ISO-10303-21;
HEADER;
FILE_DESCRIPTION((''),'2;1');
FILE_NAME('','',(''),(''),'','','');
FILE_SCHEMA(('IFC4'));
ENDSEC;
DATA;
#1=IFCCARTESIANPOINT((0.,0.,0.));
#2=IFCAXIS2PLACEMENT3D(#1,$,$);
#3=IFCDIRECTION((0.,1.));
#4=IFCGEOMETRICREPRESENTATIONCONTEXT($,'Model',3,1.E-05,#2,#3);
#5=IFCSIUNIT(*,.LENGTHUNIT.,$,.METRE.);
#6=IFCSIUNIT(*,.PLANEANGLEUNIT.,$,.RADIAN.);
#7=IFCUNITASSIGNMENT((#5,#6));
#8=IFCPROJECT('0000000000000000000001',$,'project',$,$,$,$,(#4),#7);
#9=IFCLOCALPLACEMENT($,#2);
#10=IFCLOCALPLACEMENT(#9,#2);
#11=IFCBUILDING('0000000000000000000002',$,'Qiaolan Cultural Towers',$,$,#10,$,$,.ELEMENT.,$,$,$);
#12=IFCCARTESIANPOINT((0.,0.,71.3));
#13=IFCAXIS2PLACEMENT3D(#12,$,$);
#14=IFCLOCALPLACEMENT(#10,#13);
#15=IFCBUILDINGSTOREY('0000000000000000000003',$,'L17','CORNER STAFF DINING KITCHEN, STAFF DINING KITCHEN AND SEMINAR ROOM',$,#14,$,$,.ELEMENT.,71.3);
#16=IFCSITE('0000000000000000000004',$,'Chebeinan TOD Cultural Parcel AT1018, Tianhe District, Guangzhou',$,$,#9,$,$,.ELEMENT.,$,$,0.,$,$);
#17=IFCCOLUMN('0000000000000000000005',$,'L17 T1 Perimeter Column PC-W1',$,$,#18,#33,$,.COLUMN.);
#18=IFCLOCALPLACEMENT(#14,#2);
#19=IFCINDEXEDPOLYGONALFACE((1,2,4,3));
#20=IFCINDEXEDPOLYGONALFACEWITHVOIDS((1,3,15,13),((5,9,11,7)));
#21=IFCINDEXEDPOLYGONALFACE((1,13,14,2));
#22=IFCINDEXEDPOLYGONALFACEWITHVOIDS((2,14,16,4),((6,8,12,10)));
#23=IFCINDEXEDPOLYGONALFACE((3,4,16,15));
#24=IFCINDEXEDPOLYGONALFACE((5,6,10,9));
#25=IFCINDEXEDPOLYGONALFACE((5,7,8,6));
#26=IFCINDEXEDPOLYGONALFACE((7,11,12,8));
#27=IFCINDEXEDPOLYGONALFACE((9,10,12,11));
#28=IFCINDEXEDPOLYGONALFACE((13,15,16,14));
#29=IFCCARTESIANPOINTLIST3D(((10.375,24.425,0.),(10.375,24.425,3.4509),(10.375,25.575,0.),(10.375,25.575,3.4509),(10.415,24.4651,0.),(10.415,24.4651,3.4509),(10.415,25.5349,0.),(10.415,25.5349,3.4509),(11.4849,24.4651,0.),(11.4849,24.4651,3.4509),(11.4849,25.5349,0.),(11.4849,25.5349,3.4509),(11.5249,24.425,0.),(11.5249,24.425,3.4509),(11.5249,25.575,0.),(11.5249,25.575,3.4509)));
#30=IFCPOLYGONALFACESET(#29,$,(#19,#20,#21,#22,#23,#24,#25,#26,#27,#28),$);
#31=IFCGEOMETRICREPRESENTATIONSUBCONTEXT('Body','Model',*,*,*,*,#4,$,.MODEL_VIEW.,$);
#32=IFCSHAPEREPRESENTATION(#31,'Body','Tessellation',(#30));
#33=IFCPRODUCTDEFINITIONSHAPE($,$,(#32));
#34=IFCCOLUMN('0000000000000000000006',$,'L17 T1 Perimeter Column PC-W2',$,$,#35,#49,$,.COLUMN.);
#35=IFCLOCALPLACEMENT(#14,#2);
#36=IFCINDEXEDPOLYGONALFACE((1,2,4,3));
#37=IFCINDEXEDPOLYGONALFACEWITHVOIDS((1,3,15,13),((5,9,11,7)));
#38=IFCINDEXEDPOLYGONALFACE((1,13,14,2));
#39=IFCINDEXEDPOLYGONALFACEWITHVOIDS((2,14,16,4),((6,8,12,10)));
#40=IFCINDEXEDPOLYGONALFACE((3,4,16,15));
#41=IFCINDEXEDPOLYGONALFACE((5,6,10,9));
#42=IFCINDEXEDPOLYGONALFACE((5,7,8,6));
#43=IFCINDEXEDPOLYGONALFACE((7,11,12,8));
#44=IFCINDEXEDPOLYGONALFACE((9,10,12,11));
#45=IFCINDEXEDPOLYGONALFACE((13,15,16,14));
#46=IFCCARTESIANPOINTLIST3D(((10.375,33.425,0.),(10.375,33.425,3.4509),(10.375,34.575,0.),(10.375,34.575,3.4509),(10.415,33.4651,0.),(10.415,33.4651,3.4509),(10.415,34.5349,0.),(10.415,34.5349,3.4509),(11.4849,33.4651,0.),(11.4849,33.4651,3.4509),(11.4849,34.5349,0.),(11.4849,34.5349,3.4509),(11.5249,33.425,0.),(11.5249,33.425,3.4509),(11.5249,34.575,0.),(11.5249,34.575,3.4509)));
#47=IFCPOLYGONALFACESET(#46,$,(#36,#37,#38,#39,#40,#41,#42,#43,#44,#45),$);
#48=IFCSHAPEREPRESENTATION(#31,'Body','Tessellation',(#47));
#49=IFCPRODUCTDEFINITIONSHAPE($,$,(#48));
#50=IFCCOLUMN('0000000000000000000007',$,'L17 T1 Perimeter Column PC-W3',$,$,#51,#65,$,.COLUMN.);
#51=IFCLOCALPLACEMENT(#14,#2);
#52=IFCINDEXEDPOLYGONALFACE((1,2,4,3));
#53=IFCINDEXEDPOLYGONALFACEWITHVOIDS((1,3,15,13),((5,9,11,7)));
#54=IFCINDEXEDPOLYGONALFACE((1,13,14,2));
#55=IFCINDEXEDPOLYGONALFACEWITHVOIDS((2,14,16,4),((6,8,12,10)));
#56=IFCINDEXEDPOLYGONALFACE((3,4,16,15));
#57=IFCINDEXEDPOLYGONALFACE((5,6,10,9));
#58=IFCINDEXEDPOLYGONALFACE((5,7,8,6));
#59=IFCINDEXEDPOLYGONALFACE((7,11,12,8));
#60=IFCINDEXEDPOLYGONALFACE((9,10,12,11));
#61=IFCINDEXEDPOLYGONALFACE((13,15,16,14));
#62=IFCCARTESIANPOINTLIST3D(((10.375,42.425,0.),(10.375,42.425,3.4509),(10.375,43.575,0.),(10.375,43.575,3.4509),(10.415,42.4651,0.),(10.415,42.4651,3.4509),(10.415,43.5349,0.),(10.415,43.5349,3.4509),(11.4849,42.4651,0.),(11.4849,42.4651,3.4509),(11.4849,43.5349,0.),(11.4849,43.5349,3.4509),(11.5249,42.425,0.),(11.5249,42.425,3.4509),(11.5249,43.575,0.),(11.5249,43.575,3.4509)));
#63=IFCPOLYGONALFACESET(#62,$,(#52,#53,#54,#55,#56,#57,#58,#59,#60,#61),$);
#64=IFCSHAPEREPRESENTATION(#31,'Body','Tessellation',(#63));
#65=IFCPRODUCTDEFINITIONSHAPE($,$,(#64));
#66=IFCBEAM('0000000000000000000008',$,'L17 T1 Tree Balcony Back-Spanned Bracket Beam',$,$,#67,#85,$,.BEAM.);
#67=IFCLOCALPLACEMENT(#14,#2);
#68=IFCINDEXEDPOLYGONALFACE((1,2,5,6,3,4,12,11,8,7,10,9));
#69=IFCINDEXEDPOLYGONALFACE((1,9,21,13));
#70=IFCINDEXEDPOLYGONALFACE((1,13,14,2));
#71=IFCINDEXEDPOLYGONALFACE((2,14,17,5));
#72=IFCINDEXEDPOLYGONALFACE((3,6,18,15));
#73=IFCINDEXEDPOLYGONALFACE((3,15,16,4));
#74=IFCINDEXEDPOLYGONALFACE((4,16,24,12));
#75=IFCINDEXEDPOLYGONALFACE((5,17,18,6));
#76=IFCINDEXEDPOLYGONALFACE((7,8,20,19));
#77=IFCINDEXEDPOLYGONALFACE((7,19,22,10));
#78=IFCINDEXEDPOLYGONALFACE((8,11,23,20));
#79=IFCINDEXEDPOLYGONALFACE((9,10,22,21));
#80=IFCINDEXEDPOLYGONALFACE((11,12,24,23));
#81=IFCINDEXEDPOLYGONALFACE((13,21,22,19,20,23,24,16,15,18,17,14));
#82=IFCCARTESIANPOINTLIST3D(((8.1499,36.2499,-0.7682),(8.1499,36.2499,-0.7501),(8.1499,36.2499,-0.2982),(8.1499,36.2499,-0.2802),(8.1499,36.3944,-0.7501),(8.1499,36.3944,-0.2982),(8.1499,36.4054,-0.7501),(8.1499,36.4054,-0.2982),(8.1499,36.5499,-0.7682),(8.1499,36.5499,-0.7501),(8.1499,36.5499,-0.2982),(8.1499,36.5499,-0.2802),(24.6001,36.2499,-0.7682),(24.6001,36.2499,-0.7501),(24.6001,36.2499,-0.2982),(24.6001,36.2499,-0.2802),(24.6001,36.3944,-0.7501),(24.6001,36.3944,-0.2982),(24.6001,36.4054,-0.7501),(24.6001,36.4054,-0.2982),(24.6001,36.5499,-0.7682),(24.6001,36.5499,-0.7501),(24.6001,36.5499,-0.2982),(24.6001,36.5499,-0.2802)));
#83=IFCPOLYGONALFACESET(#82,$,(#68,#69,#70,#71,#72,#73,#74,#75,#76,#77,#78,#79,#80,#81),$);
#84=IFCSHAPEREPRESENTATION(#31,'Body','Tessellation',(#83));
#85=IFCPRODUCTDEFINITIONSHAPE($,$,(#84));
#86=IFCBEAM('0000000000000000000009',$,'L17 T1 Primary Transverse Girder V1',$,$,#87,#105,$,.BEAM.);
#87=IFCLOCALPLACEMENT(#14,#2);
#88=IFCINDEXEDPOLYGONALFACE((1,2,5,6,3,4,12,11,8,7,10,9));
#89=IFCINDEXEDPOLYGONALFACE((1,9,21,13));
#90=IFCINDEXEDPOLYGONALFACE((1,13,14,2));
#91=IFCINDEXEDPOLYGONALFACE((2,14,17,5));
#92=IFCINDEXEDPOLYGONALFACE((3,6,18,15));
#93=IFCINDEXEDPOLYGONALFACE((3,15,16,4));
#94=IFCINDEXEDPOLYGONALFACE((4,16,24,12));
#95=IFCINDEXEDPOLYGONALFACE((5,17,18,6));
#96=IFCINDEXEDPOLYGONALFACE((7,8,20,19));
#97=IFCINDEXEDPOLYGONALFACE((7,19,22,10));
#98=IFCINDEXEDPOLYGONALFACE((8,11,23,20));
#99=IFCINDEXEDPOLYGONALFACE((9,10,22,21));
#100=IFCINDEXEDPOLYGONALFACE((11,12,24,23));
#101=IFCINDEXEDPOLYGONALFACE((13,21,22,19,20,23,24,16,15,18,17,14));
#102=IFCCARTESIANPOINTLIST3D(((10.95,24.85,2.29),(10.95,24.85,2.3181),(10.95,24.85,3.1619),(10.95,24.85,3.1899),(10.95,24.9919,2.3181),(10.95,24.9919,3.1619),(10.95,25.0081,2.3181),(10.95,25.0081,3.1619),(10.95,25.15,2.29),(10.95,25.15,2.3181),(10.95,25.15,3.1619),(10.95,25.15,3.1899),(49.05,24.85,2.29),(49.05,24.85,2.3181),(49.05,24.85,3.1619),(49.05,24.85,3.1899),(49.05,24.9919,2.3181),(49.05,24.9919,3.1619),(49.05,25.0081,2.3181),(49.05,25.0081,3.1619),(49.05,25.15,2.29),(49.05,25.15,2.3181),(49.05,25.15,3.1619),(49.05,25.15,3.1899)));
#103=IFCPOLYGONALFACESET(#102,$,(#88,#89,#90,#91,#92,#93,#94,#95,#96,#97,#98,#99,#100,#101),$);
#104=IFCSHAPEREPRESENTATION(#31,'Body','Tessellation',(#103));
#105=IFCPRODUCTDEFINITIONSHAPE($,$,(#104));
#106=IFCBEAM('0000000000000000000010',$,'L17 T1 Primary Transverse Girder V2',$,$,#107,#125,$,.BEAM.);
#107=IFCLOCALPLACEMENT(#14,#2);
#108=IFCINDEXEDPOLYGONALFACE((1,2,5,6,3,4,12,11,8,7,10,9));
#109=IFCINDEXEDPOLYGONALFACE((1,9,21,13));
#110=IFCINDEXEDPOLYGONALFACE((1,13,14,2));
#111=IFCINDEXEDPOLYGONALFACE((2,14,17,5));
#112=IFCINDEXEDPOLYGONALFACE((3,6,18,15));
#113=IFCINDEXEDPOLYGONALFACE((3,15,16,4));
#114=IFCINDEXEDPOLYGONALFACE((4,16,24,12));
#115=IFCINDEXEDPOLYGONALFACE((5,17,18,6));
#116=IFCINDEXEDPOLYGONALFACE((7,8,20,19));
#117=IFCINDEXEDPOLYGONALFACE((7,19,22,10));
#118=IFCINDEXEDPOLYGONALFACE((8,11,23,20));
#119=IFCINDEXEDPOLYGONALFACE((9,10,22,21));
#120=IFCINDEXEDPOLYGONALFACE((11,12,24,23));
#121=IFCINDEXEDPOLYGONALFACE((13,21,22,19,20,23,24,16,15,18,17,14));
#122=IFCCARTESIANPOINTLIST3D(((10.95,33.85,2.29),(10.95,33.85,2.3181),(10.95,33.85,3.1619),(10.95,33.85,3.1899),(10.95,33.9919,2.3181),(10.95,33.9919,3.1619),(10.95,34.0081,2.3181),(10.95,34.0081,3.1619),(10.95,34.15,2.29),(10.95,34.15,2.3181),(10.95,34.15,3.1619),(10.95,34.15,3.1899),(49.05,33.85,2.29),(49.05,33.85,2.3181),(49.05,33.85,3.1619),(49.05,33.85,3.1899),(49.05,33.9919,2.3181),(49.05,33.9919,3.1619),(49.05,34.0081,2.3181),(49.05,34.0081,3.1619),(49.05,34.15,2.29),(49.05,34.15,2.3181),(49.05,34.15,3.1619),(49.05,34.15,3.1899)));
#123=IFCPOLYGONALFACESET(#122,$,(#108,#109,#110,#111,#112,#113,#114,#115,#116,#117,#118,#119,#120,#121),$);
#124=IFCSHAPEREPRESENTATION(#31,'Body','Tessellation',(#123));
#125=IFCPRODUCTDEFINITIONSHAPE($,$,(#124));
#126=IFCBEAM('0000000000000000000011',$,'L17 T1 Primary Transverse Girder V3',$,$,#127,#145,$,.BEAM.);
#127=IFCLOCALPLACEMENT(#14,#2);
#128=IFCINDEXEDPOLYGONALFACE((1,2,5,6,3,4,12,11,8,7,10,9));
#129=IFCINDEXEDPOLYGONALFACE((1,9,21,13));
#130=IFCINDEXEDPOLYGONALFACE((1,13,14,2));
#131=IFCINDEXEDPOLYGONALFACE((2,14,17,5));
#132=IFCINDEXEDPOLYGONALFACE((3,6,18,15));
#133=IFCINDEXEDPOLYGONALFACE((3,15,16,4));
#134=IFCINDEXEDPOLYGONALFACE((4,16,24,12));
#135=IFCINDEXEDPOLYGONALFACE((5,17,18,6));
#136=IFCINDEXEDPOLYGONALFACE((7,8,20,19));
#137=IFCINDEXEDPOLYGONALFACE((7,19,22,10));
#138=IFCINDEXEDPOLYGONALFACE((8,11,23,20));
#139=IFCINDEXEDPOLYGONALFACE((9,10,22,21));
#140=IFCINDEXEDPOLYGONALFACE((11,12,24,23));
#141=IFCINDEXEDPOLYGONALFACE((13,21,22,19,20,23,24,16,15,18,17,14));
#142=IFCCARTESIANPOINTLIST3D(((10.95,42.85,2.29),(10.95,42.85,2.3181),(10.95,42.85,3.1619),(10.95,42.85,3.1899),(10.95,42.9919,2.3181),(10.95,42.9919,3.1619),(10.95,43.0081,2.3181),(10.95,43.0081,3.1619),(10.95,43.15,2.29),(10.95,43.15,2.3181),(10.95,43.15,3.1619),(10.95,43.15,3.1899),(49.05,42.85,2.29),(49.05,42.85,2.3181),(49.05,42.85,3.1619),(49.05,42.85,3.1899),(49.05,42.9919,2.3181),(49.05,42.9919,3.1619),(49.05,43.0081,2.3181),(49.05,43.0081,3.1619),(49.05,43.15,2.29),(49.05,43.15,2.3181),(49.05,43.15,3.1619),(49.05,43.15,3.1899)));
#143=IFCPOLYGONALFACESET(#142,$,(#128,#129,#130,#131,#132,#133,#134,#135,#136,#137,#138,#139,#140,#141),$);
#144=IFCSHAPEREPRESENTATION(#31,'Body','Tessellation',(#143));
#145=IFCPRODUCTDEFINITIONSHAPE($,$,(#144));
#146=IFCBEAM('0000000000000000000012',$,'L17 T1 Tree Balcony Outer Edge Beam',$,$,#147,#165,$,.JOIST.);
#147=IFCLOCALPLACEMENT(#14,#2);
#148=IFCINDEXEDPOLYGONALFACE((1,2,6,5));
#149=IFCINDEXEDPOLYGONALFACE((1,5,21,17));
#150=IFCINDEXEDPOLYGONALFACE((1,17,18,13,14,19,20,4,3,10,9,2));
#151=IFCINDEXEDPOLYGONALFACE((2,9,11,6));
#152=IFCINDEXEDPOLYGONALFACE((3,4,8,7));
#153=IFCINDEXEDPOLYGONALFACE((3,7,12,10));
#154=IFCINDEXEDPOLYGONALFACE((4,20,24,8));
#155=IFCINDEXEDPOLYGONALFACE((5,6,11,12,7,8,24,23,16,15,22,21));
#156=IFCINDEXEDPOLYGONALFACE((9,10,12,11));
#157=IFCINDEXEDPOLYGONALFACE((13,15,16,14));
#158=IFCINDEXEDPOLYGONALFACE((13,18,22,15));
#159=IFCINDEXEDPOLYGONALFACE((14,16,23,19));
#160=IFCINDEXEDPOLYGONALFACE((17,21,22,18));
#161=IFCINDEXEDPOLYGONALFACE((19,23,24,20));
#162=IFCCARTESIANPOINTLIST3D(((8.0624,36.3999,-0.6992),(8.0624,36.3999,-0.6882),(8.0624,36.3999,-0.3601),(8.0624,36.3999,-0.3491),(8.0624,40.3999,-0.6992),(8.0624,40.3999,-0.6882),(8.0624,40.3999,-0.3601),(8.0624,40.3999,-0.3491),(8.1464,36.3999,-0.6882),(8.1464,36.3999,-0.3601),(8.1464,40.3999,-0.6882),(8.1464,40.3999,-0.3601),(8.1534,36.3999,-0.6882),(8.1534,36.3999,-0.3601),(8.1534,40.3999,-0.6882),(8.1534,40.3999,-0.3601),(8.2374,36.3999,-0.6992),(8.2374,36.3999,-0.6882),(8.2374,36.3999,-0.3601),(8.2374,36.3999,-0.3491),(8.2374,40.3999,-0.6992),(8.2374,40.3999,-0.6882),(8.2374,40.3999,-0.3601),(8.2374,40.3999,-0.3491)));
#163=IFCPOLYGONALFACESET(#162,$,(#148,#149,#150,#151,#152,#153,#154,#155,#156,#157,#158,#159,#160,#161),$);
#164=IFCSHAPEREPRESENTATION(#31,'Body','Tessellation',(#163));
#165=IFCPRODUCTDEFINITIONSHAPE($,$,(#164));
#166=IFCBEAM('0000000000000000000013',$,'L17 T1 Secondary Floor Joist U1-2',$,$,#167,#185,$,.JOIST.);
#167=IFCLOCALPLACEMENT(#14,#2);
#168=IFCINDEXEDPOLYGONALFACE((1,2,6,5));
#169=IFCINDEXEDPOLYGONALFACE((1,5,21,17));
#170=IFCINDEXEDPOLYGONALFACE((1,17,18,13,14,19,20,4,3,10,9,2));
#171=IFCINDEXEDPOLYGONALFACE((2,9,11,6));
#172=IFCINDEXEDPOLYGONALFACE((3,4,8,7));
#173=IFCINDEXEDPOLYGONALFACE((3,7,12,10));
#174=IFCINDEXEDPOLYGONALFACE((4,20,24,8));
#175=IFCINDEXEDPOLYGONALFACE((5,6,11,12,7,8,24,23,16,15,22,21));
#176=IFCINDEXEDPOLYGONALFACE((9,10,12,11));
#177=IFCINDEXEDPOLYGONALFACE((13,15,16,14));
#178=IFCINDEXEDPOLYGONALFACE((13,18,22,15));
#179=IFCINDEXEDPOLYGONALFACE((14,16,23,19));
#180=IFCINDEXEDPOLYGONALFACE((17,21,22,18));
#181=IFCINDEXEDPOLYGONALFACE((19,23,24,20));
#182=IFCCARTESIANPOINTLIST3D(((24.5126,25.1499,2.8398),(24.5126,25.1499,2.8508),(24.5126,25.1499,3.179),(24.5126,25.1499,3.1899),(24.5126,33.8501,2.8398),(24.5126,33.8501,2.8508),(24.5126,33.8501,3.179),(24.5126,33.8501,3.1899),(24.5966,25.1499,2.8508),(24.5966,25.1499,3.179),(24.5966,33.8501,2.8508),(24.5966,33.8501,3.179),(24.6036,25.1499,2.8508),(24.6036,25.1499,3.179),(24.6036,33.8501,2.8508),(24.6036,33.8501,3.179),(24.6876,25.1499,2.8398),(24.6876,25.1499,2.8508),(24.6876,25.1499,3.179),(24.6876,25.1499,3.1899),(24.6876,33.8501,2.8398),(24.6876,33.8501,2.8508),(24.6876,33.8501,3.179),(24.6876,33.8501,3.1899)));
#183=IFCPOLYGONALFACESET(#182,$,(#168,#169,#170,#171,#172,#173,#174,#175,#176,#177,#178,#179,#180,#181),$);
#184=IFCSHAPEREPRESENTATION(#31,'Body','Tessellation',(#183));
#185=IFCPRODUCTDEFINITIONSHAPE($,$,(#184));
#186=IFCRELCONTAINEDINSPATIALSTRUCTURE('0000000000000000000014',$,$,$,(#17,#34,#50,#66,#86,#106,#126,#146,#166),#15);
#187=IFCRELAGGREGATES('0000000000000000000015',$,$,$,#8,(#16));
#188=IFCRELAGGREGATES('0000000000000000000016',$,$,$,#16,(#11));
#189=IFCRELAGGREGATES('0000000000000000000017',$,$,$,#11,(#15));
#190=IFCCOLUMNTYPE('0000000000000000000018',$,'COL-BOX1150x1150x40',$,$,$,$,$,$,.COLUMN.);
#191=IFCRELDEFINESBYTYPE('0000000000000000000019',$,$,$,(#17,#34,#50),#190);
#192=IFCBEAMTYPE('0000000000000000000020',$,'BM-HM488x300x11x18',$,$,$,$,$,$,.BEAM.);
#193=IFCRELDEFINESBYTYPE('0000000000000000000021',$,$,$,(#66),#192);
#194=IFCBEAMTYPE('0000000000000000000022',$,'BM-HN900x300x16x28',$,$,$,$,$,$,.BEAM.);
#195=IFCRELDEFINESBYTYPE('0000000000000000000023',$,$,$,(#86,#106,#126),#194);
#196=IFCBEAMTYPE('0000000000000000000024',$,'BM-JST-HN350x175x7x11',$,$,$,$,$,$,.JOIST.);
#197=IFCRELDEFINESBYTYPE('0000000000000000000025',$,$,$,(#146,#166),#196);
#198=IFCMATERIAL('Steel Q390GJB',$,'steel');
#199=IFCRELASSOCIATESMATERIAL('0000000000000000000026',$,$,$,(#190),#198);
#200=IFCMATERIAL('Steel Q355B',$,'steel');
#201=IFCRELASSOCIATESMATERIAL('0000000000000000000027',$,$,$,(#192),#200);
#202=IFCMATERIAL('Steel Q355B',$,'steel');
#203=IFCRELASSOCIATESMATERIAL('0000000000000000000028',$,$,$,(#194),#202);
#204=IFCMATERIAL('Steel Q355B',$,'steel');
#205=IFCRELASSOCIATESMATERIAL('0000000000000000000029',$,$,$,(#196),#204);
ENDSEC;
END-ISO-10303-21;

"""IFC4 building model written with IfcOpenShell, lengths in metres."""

from ifc_helpers import new_model, si_unit, direction, frame, origin, origin_2d, place, context, subcontext, project, spatial, hollow_rectangle, i_section, extrude, material, material_profile, profile_set, type_object, element, save


model = new_model("IFC4")

# Units and contexts
model_context = context("Model", 3, precision=1e-05, world=origin(), true_north=direction((0.0, 1.0)))
body_context = subcontext(model_context, "Body", "Model", "MODEL_VIEW")
ifc_project = project(units=[si_unit("LENGTHUNIT", "METRE"), si_unit("PLANEANGLEUNIT", "RADIAN")], contexts=[model_context])

# Site, building, storey
site_placement = place(None, origin())
site = spatial("IfcSite", under=ifc_project, at=site_placement, Name="Chebeinan TOD Cultural Parcel AT1018, Tianhe District, Guangzhou", CompositionType="ELEMENT", RefElevation=0.0)
building_placement = place(site_placement, origin())
building = spatial("IfcBuilding", under=site, at=building_placement, Name="Qiaolan Cultural Towers", CompositionType="ELEMENT")
storey_placement = place(building_placement, frame((0.0, 0.0, 71.3)))
storey = spatial("IfcBuildingStorey", under=building, at=storey_placement, Name="L17", Description="CORNER STAFF DINING KITCHEN, STAFF DINING KITCHEN AND SEMINAR ROOM", CompositionType="ELEMENT", Elevation=71.3)

# Columns
ifc_material_1 = material(Name="Steel Q390GJB", Category="steel")
ifc_material_profile_1 = material_profile(ifc_material_1, hollow_rectangle(XDim=1.1499, YDim=1.1499, WallThickness=0.04, at=origin_2d()), Name="BOX1150x1150x40")
ifc_profile_set_1 = profile_set([ifc_material_profile_1], Name="Steel Q390GJB")
column_type = type_object("IfcColumnType", Name="COL-BOX1150x1150x40", PredefinedType="COLUMN", material=ifc_profile_set_1)
for number, where, z_axis, x_axis, name in (
    (1, (10.95, 25.0, 0.0), (0.0, 0.0, 1.0), (1.0, 0.0, 0.0), "L17 T1 Perimeter Column PC-W1"),
    (2, (10.95, 34.0, 0.0), (0.0, 0.0, 1.0), (1.0, 0.0, 0.0), "L17 T1 Perimeter Column PC-W2"),
    (3, (10.95, 43.0, 0.0), (0.0, 0.0, 1.0), (1.0, 0.0, 0.0), "L17 T1 Perimeter Column PC-W3"),
):
    element("IfcColumn", number, at=place(storey_placement, frame(where, z_axis=z_axis, x_axis=x_axis)), inside=storey, type_object=column_type, Name=name, PredefinedType="COLUMN", context=body_context, shape_type="SweptSolid", body=[
        extrude(hollow_rectangle(XDim=1.1499, YDim=1.1499, WallThickness=0.04, at=origin_2d()), origin(), (0.0, 0.0, 1.0), 3.4509),
    ])

# Beams
ifc_material_2 = material(Name="Steel Q355B", Category="steel")
ifc_material_profile_2 = material_profile(ifc_material_2, i_section(OverallWidth=0.3, OverallDepth=0.488, WebThickness=0.011, FlangeThickness=0.0181, at=origin_2d()), Name="HM488x300x11x18")
ifc_profile_set_2 = profile_set([ifc_material_profile_2], Name="Steel Q355B")
beam_type_1 = type_object("IfcBeamType", Name="BM-HM488x300x11x18", PredefinedType="BEAM", material=ifc_profile_set_2)
beam_1_placement = place(storey_placement, frame((24.6001, 36.3999, -0.5242), z_axis=(-1.0, 0.0, 0.0), x_axis=(0.0, -1.0, 0.0)))
element("IfcBeam", 4, at=beam_1_placement, inside=storey, type_object=beam_type_1, Name="L17 T1 Tree Balcony Back-Spanned Bracket Beam", PredefinedType="BEAM", context=body_context, shape_type="SweptSolid", body=[
    extrude(i_section(OverallWidth=0.3, OverallDepth=0.488, WebThickness=0.011, FlangeThickness=0.0181, at=origin_2d()), origin(), (0.0, 0.0, 1.0), 16.4502),
])
ifc_material_3 = material(Name="Steel Q355B", Category="steel")
ifc_material_profile_3 = material_profile(ifc_material_3, i_section(OverallWidth=0.3, OverallDepth=0.8999, WebThickness=0.0161, FlangeThickness=0.0281, at=origin_2d()), Name="HN900x300x16x28")
ifc_profile_set_3 = profile_set([ifc_material_profile_3], Name="Steel Q355B")
beam_type_2 = type_object("IfcBeamType", Name="BM-HN900x300x16x28", PredefinedType="BEAM", material=ifc_profile_set_3)
for number, where, z_axis, x_axis, name in (
    (5, (10.95, 25.0, 2.74), (1.0, 0.0, 0.0), (0.0, 1.0, 0.0), "L17 T1 Primary Transverse Girder V1"),
    (6, (10.95, 34.0, 2.74), (1.0, 0.0, 0.0), (0.0, 1.0, 0.0), "L17 T1 Primary Transverse Girder V2"),
    (7, (10.95, 43.0, 2.74), (1.0, 0.0, 0.0), (0.0, 1.0, 0.0), "L17 T1 Primary Transverse Girder V3"),
):
    element("IfcBeam", number, at=place(storey_placement, frame(where, z_axis=z_axis, x_axis=x_axis)), inside=storey, type_object=beam_type_2, Name=name, PredefinedType="BEAM", context=body_context, shape_type="SweptSolid", body=[
        extrude(i_section(OverallWidth=0.3, OverallDepth=0.8999, WebThickness=0.0161, FlangeThickness=0.0281, at=origin_2d()), origin(), (0.0, 0.0, 1.0), 38.1001),
    ])
ifc_material_4 = material(Name="Steel Q355B", Category="steel")
ifc_material_profile_4 = material_profile(ifc_material_4, i_section(OverallWidth=0.175, OverallDepth=0.3501, WebThickness=0.0071, FlangeThickness=0.011, at=origin_2d()), Name="HN350x175x7x11")
ifc_profile_set_4 = profile_set([ifc_material_profile_4], Name="Steel Q355B")
beam_type_3 = type_object("IfcBeamType", Name="BM-JST-HN350x175x7x11", PredefinedType="JOIST", material=ifc_profile_set_4)
beam_2_placement = place(storey_placement, frame((8.1499, 36.3999, -0.5242), z_axis=(0.0, 1.0, 0.0), x_axis=(-1.0, 0.0, 0.0)))
element("IfcBeam", 8, at=beam_2_placement, inside=storey, type_object=beam_type_3, Name="L17 T1 Tree Balcony Outer Edge Beam", PredefinedType="JOIST", context=body_context, shape_type="SweptSolid", body=[
    extrude(i_section(OverallWidth=0.175, OverallDepth=0.3501, WebThickness=0.0071, FlangeThickness=0.011, at=origin_2d()), origin(), (0.0, 0.0, 1.0), 4.0),
])
for number, where, z_axis, x_axis, name in (
    (9, (24.6001, 25.1499, 3.0149), (0.0, 1.0, 0.0), (-1.0, 0.0, 0.0), "L17 T1 Secondary Floor Joist U1-2"),
):
    element("IfcBeam", number, at=place(storey_placement, frame(where, z_axis=z_axis, x_axis=x_axis)), inside=storey, type_object=beam_type_3, Name=name, PredefinedType="JOIST", context=body_context, shape_type="SweptSolid", body=[
        extrude(i_section(OverallWidth=0.175, OverallDepth=0.3501, WebThickness=0.0071, FlangeThickness=0.011, at=origin_2d()), origin(), (0.0, 0.0, 1.0), 8.7002),
    ])

save(model, "model.ifc")
